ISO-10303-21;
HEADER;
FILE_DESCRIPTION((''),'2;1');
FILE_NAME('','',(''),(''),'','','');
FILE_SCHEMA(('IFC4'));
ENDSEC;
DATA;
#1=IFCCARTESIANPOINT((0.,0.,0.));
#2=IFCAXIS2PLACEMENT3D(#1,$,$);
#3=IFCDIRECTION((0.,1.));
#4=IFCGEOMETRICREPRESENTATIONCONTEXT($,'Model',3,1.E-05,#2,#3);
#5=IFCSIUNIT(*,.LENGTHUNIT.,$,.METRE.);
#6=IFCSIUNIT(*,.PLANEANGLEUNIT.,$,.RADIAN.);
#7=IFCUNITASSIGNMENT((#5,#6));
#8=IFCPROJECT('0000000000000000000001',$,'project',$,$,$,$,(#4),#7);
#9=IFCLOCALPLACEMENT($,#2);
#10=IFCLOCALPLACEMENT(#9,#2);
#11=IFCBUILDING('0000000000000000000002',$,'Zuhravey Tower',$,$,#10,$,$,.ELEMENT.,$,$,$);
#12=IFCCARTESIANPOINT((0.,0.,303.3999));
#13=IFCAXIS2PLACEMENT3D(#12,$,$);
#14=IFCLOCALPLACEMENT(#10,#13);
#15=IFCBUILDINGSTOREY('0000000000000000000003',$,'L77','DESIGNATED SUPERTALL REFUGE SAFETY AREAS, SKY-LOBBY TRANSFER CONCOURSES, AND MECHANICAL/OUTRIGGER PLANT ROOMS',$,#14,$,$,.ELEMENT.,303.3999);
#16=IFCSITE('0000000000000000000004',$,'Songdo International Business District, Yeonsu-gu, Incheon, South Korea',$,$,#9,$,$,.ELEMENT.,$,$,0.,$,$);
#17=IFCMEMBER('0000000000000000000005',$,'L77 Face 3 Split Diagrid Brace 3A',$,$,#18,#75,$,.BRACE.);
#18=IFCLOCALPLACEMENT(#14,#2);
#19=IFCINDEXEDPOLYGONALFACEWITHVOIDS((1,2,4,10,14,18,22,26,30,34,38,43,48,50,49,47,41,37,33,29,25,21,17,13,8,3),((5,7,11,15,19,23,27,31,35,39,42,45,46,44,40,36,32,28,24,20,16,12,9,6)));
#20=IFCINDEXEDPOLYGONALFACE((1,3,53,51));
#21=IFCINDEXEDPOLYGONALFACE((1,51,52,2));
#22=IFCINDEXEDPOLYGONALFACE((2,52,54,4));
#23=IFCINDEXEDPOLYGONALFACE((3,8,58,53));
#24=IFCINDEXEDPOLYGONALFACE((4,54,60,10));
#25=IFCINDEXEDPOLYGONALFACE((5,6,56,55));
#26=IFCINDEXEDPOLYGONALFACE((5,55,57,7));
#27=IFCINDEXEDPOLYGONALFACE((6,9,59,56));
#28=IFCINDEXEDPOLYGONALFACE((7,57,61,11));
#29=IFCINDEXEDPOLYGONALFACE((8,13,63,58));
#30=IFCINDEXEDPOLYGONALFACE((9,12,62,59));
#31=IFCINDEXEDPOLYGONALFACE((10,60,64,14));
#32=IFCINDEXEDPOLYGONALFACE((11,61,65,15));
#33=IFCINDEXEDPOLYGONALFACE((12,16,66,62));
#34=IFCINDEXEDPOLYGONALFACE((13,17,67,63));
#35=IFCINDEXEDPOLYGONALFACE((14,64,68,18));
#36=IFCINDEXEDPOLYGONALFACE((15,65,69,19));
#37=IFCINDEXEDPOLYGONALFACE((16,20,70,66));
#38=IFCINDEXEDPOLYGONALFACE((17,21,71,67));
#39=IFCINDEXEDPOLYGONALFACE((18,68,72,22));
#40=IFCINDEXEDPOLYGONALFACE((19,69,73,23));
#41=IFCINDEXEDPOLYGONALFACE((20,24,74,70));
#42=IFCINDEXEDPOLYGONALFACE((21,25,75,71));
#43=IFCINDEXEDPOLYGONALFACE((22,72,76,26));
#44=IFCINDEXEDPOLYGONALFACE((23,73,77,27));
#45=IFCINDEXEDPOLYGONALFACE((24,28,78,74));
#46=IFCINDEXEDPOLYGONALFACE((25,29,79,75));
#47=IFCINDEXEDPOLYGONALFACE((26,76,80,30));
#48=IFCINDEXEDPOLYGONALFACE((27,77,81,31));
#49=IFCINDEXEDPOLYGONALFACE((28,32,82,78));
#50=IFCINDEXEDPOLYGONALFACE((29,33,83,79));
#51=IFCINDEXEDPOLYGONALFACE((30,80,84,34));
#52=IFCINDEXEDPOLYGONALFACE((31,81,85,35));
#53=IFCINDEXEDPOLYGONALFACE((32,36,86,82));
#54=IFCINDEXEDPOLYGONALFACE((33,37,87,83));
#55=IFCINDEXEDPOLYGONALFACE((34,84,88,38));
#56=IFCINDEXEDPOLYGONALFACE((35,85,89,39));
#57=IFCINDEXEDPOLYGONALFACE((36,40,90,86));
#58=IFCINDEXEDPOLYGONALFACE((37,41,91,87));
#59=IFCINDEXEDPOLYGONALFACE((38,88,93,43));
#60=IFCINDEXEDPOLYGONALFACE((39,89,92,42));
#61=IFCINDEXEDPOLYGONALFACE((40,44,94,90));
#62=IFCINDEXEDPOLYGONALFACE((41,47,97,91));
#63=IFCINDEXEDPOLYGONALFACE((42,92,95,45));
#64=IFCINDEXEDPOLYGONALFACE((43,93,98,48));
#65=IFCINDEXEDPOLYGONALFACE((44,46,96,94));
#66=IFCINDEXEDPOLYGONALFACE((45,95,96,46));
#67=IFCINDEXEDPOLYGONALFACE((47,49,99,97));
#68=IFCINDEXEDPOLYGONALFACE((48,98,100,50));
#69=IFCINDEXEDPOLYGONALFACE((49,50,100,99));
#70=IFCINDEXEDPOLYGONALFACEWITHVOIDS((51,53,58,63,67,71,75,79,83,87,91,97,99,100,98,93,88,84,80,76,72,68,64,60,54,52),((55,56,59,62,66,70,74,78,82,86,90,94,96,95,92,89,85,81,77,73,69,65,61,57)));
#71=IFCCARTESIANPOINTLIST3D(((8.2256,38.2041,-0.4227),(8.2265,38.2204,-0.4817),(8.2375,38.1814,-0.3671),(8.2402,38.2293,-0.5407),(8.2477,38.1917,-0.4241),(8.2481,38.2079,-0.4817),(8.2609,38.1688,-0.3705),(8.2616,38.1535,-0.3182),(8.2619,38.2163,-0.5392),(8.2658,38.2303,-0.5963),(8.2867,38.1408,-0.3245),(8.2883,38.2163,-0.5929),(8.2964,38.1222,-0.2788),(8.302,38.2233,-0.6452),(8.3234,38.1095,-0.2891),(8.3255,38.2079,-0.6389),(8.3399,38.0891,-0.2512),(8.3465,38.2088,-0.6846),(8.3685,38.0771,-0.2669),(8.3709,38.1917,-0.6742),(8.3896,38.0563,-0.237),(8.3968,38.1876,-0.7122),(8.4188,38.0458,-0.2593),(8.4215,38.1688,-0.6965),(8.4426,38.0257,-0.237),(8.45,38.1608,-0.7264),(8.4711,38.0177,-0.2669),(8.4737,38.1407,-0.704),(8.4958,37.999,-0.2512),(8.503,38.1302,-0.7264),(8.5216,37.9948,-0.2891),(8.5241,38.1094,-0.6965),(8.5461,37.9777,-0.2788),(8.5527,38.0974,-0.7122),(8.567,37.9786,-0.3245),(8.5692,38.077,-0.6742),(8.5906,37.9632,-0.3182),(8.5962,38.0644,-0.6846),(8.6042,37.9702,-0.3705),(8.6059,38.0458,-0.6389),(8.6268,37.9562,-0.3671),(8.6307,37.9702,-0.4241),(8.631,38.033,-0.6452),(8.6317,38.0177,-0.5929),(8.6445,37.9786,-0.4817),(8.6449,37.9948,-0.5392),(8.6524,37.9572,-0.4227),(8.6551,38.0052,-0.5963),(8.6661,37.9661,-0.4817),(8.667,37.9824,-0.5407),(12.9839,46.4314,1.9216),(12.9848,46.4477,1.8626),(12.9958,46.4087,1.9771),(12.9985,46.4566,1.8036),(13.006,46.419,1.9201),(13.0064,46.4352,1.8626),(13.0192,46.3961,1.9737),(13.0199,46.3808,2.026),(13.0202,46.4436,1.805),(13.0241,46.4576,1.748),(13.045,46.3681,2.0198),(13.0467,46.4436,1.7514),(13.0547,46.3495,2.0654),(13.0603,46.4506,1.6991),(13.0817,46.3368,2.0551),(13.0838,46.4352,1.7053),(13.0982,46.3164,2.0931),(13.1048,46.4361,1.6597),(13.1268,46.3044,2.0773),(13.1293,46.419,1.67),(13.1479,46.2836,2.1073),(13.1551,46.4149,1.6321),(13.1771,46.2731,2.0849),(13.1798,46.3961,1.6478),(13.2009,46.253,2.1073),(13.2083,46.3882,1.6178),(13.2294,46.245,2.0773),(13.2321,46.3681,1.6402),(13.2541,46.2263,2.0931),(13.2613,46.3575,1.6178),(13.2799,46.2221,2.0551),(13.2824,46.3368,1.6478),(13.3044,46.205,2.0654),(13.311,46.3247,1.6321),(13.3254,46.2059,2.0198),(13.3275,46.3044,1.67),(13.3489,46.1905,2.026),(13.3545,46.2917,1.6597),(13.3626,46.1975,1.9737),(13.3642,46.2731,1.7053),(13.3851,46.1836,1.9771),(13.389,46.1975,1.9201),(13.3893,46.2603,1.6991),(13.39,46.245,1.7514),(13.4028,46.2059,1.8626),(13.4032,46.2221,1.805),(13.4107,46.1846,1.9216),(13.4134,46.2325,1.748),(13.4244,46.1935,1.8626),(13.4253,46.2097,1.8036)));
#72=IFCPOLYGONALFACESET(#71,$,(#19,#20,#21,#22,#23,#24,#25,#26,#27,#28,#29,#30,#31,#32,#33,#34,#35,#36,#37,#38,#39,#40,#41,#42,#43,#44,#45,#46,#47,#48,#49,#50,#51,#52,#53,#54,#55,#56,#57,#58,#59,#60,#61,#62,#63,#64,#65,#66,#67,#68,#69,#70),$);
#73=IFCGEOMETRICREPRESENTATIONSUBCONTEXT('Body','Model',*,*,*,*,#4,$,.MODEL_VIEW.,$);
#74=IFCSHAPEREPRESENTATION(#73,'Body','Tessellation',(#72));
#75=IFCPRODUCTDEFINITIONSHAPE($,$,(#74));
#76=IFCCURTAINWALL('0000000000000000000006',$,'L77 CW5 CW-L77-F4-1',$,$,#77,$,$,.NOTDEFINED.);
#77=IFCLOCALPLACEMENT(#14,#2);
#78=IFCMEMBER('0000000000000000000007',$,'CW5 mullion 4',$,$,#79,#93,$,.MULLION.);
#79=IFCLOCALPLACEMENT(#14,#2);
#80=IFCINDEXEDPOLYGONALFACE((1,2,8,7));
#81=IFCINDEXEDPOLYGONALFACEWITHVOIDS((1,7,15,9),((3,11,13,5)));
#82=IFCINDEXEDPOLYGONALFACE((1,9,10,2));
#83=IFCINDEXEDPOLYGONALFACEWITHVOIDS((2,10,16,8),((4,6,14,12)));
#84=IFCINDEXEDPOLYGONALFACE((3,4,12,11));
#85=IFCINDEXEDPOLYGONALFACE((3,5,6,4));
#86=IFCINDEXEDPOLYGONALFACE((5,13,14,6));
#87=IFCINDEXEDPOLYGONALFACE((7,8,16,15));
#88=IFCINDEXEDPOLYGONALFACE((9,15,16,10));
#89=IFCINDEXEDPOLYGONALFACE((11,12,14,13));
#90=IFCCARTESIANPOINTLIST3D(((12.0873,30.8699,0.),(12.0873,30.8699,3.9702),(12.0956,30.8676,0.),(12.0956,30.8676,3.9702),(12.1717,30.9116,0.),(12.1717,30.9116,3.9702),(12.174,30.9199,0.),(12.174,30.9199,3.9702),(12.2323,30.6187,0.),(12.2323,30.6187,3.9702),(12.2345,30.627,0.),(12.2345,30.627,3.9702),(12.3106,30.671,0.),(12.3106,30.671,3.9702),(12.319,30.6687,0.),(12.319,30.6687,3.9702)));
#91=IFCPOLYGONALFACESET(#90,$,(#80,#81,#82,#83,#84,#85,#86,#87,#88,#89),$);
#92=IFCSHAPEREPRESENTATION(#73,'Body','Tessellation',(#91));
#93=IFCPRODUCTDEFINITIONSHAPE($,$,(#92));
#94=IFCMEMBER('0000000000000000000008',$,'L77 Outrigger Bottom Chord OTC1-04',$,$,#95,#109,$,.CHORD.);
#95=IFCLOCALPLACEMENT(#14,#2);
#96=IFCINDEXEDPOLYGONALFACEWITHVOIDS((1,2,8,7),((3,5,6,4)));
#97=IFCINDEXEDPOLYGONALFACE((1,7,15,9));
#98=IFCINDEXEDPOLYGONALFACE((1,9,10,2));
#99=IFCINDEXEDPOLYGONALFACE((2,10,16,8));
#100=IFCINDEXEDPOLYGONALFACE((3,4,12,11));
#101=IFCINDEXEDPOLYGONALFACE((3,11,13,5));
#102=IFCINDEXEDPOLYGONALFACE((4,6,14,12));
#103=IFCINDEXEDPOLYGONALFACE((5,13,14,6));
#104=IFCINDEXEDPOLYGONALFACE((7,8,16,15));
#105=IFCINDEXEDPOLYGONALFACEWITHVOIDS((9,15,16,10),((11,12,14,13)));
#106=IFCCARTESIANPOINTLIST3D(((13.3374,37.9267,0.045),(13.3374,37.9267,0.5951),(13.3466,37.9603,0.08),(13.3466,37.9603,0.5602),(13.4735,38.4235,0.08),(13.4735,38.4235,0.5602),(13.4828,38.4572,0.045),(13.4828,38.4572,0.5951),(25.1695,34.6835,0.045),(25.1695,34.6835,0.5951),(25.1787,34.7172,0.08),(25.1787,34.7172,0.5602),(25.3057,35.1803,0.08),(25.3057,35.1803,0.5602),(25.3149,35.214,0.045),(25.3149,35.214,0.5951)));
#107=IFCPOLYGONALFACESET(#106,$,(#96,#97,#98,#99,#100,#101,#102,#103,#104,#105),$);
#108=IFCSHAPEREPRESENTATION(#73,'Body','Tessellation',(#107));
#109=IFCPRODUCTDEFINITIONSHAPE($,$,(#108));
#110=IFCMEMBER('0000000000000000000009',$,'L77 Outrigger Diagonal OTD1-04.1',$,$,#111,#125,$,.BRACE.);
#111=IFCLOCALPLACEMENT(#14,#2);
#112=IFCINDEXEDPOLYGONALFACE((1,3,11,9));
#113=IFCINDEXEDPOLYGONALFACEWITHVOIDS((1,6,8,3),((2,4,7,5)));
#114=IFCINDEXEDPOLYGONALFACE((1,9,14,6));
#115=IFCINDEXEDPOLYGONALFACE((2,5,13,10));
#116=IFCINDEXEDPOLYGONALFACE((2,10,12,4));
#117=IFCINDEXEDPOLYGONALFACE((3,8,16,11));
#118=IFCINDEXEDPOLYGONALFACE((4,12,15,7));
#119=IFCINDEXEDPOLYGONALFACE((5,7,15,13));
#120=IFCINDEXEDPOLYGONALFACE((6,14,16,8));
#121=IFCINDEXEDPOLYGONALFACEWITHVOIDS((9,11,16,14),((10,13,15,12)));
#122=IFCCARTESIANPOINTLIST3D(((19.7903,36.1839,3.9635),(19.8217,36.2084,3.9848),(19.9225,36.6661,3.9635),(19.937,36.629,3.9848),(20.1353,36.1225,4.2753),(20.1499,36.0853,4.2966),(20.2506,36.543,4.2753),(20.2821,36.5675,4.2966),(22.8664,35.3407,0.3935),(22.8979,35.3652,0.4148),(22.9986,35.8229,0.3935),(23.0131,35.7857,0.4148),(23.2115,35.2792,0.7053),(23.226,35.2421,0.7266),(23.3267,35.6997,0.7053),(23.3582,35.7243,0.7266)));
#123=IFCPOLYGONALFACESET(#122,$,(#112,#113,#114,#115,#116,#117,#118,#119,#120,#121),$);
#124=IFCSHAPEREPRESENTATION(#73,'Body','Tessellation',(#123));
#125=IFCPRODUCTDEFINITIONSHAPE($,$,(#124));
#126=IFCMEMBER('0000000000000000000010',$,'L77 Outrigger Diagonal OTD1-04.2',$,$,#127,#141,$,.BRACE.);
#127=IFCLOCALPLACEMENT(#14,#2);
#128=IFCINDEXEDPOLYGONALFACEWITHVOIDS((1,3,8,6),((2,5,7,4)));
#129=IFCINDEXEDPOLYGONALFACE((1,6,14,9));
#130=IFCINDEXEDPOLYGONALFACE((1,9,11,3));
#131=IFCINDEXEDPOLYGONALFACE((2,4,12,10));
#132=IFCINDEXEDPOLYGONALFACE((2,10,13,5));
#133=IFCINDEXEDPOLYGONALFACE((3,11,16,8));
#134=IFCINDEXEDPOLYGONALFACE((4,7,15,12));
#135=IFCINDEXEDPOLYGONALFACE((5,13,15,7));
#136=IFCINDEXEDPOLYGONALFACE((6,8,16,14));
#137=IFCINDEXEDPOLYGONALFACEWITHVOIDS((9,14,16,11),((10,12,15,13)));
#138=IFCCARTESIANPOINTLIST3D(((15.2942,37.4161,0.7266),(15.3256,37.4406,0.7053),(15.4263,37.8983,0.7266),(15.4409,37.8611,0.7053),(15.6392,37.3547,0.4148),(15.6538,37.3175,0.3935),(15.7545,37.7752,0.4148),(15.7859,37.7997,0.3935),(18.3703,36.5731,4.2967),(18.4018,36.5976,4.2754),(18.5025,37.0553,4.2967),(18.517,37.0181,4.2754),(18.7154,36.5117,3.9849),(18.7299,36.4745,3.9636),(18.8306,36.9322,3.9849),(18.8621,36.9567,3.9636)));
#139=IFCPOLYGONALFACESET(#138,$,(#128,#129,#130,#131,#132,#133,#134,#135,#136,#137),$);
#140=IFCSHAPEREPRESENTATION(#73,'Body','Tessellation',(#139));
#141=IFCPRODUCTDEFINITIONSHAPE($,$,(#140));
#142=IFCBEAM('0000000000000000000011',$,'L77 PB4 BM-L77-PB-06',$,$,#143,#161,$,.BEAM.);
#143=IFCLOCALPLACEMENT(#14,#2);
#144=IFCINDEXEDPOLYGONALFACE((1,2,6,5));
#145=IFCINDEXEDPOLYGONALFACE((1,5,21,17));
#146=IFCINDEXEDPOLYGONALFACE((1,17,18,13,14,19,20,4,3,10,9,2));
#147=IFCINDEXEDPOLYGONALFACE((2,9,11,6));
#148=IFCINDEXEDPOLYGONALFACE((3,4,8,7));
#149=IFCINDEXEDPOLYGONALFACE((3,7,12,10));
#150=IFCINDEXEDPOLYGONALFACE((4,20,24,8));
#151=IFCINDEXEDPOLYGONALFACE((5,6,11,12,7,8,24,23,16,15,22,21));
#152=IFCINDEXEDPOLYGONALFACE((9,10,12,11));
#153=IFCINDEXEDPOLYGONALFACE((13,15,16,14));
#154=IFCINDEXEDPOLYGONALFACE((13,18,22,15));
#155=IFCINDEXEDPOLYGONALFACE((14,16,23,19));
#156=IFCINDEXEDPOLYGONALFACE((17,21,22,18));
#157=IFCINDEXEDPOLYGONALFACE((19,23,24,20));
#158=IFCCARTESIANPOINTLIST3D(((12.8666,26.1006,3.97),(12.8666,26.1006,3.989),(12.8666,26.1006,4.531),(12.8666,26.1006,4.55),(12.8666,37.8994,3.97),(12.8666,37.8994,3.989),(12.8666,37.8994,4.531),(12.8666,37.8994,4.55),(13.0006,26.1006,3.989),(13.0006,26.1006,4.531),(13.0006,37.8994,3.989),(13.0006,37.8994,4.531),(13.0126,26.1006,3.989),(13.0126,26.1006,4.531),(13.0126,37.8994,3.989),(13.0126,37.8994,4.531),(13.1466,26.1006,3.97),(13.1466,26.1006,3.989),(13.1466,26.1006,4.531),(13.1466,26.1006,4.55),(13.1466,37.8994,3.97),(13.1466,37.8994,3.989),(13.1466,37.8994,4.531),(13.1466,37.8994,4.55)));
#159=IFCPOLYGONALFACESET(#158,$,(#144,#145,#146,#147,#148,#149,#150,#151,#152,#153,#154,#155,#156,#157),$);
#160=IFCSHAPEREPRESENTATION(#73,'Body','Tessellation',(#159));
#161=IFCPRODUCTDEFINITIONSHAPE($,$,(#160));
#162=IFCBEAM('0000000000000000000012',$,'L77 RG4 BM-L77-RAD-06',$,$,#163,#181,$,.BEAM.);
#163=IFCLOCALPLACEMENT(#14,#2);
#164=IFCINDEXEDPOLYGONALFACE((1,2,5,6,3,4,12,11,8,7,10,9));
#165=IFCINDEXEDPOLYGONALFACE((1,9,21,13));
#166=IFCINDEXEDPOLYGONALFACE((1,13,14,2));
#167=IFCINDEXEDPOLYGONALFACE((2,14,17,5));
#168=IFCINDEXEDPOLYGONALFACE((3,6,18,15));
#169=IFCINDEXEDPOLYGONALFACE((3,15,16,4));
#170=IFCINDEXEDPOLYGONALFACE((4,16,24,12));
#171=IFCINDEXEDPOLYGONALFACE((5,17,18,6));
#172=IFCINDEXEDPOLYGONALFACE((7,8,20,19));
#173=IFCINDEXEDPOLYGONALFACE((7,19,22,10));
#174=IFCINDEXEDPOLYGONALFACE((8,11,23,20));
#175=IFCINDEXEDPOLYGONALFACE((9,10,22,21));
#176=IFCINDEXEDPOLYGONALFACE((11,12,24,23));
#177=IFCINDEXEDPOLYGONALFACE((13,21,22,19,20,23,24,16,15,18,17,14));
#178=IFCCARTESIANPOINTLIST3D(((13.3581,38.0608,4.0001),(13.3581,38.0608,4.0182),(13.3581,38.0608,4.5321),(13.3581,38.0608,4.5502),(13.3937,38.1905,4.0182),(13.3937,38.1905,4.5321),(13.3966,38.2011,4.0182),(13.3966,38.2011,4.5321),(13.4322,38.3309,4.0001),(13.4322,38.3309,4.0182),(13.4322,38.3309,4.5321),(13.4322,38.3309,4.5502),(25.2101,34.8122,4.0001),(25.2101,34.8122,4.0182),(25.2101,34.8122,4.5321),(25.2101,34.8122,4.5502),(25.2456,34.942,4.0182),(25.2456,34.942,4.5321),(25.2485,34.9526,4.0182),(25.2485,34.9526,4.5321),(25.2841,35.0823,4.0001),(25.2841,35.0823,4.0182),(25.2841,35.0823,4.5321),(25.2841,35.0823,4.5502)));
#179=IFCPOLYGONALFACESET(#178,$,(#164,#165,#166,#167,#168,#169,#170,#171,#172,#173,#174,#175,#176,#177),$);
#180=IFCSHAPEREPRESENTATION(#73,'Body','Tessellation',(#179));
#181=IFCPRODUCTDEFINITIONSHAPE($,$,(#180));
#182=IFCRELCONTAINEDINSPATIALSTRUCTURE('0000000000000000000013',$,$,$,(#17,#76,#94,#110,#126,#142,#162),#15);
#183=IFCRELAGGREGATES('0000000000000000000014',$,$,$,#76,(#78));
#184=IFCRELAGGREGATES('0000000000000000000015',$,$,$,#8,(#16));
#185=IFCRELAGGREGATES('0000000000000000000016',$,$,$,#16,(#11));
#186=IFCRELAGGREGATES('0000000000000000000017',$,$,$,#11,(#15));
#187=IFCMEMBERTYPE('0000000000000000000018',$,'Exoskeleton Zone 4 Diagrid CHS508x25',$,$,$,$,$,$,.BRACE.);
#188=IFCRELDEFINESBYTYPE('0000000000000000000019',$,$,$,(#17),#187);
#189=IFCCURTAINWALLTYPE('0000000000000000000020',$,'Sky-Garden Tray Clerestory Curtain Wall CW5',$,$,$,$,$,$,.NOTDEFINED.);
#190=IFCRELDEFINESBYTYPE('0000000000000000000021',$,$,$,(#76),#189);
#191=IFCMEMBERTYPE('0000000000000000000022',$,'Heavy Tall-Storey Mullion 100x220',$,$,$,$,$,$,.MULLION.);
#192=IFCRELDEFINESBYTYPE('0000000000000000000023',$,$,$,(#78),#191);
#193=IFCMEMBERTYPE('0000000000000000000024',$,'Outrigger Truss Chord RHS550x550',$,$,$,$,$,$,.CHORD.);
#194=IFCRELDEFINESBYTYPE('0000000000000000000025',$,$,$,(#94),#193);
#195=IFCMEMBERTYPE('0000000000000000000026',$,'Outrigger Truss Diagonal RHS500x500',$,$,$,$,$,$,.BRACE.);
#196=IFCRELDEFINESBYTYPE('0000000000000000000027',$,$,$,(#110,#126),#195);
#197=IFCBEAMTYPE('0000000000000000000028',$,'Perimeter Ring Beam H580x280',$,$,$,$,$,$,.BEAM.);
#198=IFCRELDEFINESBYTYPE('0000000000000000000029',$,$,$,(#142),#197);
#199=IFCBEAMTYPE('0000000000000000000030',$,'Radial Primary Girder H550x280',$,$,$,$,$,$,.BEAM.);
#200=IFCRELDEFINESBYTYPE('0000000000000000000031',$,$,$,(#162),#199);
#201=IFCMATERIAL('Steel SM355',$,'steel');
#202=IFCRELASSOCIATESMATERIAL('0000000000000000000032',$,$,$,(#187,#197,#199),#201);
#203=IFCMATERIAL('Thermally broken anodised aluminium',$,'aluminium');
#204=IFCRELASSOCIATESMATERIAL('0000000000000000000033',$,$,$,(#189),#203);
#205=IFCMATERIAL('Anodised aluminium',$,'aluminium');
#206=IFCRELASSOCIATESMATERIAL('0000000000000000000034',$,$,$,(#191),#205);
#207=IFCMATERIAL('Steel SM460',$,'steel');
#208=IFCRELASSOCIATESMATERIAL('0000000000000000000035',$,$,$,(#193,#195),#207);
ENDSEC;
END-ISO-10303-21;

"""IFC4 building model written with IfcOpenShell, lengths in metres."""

from ifc_helpers import new_model, si_unit, direction, frame, origin, origin_2d, place, context, subcontext, project, spatial, hollow_rectangle, hollow_circle, i_section, extrude, material, material_profile, profile_set, type_object, element, aggregate, save


model = new_model("IFC4")

# Units and contexts
model_context = context("Model", 3, precision=1e-05, world=origin(), true_north=direction((0.0, 1.0)))
body_context = subcontext(model_context, "Body", "Model", "MODEL_VIEW")
ifc_project = project(units=[si_unit("LENGTHUNIT", "METRE"), si_unit("PLANEANGLEUNIT", "RADIAN")], contexts=[model_context])

# Site, building, storey
site_placement = place(None, origin())
site = spatial("IfcSite", under=ifc_project, at=site_placement, Name="Songdo International Business District, Yeonsu-gu, Incheon, South Korea", CompositionType="ELEMENT", RefElevation=0.0)
building_placement = place(site_placement, origin())
building = spatial("IfcBuilding", under=site, at=building_placement, Name="Zuhravey Tower", CompositionType="ELEMENT")
storey_placement = place(building_placement, frame((0.0, 0.0, 303.3999)))
storey = spatial("IfcBuildingStorey", under=building, at=storey_placement, Name="L77", Description="DESIGNATED SUPERTALL REFUGE SAFETY AREAS, SKY-LOBBY TRANSFER CONCOURSES, AND MECHANICAL/OUTRIGGER PLANT ROOMS", CompositionType="ELEMENT", Elevation=303.3999)

# Shared definitions
ifc_material_1 = material(Name="Steel SM355", Category="steel")

# Shared definitions
ifc_material_2 = material(Name="Steel SM460", Category="steel")

# Member
ifc_material_profile_1 = material_profile(ifc_material_1, hollow_circle(Radius=0.2539, WallThickness=0.0249, at=origin_2d()), Name="CHS-508.0x25")
ifc_profile_set_1 = profile_set([ifc_material_profile_1], Name="Steel SM355")
member_type_1 = type_object("IfcMemberType", Name="Exoskeleton Zone 4 Diagrid CHS508x25", PredefinedType="BRACE", material=ifc_profile_set_1)
member_1_placement = place(storey_placement, frame((8.4463, 38.0933, -0.4817), z_axis=(0.486085, 0.84046, 0.239476), x_axis=(-0.865648, 0.500652, 0.0)))
element("IfcMember", 1, at=member_1_placement, inside=storey, type_object=member_type_1, Name="L77 Face 3 Split Diagrid Brace 3A", PredefinedType="BRACE", context=body_context, shape_type="SweptSolid", body=[
    extrude(hollow_circle(Radius=0.2539, WallThickness=0.0249, at=origin_2d()), origin(), (0.0, 0.0, 1.0), 9.7891),
])

# Curtain wall, member
ifc_material_3 = material(Name="Thermally broken anodised aluminium", Category="aluminium")
curtain_wall_type = type_object("IfcCurtainWallType", Name="Sky-Garden Tray Clerestory Curtain Wall CW5", PredefinedType="NOTDEFINED", material=ifc_material_3)
curtain_wall_placement = place(storey_placement, origin())
curtain_wall = element("IfcCurtainWall", 2, at=curtain_wall_placement, inside=storey, type_object=curtain_wall_type, Name="L77 CW5 CW-L77-F4-1", PredefinedType="NOTDEFINED")
ifc_material_4 = material(Name="Anodised aluminium", Category="aluminium")
ifc_material_profile_2 = material_profile(ifc_material_4, hollow_rectangle(XDim=0.1001, YDim=0.29, WallThickness=0.0061, at=origin_2d()), Name="ALU-RHS-100x290x6")
ifc_profile_set_2 = profile_set([ifc_material_profile_2], Name="Anodised aluminium")
member_type_2 = type_object("IfcMemberType", Name="Heavy Tall-Storey Mullion 100x220", PredefinedType="MULLION", material=ifc_profile_set_2)
member_2_placement = place(storey_placement, frame((12.2031, 30.7693, 0.0), z_axis=(0.0, 0.0, 1.0), x_axis=(-0.866026, -0.499999, 0.0)))
member_2 = element("IfcMember", 3, at=member_2_placement, type_object=member_type_2, Name="CW5 mullion 4", PredefinedType="MULLION", context=body_context, shape_type="SweptSolid", body=[
    extrude(hollow_rectangle(XDim=0.1001, YDim=0.29, WallThickness=0.0061, at=origin_2d()), origin(), (0.0, 0.0, 1.0), 3.9702),
])
aggregate(curtain_wall, [member_2])

# Members
ifc_material_profile_3 = material_profile(ifc_material_2, hollow_rectangle(XDim=0.55, YDim=0.55, WallThickness=0.0349, at=origin_2d()), Name="RHS-550x550x35")
ifc_profile_set_3 = profile_set([ifc_material_profile_3], Name="Steel SM460")
member_type_3 = type_object("IfcMemberType", Name="Outrigger Truss Chord RHS550x550", PredefinedType="CHORD", material=ifc_profile_set_3)
member_3_placement = place(storey_placement, frame((25.2422, 34.9487, 0.3201), z_axis=(-0.964427, 0.26435, 0.0), x_axis=(-0.26435, -0.964427, 0.0)))
element("IfcMember", 4, at=member_3_placement, inside=storey, type_object=member_type_3, Name="L77 Outrigger Bottom Chord OTC1-04", PredefinedType="CHORD", context=body_context, shape_type="SweptSolid", body=[
    extrude(hollow_rectangle(XDim=0.55, YDim=0.55, WallThickness=0.0349, at=origin_2d()), origin(), (0.0, 0.0, 1.0), 12.2686),
])
ifc_material_profile_4 = material_profile(ifc_material_2, hollow_rectangle(XDim=0.5, YDim=0.5, WallThickness=0.032, at=origin_2d()), Name="RHS-500x500x32")
ifc_profile_set_4 = profile_set([ifc_material_profile_4], Name="Steel SM460")
member_type_4 = type_object("IfcMemberType", Name="Outrigger Truss Diagonal RHS500x500", PredefinedType="BRACE", material=ifc_profile_set_4)
for number, where, z_axis, x_axis, name in (
    (5, (23.1123, 35.5325, 0.5601), (-0.642554, 0.176141, 0.74572), (-0.264374, -0.96442, 0.0), "L77 Outrigger Diagonal OTD1-04.1"),
    (6, (15.54, 37.6079, 0.5601), (0.64256, -0.176092, 0.745727), (0.264302, 0.96444, 0.0), "L77 Outrigger Diagonal OTD1-04.2"),
):
    element("IfcMember", number, at=place(storey_placement, frame(where, z_axis=z_axis, x_axis=x_axis)), inside=storey, type_object=member_type_4, Name=name, PredefinedType="BRACE", context=body_context, shape_type="SweptSolid", body=[
        extrude(hollow_rectangle(XDim=0.5, YDim=0.5, WallThickness=0.032, at=origin_2d()), origin(), (0.0, 0.0, 1.0), 4.7874),
    ])

# Beams
ifc_material_profile_5 = material_profile(ifc_material_1, i_section(OverallWidth=0.28, OverallDepth=0.5801, WebThickness=0.012, FlangeThickness=0.019, at=origin_2d()), Name="H-580x280x12x19")
ifc_profile_set_5 = profile_set([ifc_material_profile_5], Name="Steel SM355")
beam_type_1 = type_object("IfcBeamType", Name="Perimeter Ring Beam H580x280", PredefinedType="BEAM", material=ifc_profile_set_5)
beam_1_placement = place(storey_placement, frame((13.0066, 37.8994, 4.26), z_axis=(0.0, -1.0, 0.0), x_axis=(1.0, 0.0, 0.0)))
element("IfcBeam", 7, at=beam_1_placement, inside=storey, type_object=beam_type_1, Name="L77 PB4 BM-L77-PB-06", PredefinedType="BEAM", context=body_context, shape_type="SweptSolid", body=[
    extrude(i_section(OverallWidth=0.28, OverallDepth=0.5801, WebThickness=0.012, FlangeThickness=0.019, at=origin_2d()), origin(), (0.0, 0.0, 1.0), 11.7988),
])
ifc_material_profile_6 = material_profile(ifc_material_1, i_section(OverallWidth=0.28, OverallDepth=0.55, WebThickness=0.011, FlangeThickness=0.0181, at=origin_2d()), Name="H-550x280x11x18")
ifc_profile_set_6 = profile_set([ifc_material_profile_6], Name="Steel SM355")
beam_type_2 = type_object("IfcBeamType", Name="Radial Primary Girder H550x280", PredefinedType="BEAM", material=ifc_profile_set_6)
beam_2_placement = place(storey_placement, frame((25.2471, 34.9473, 4.2751), z_axis=(-0.964428, 0.264346, 0.0), x_axis=(-0.264346, -0.964428, 0.0)))
element("IfcBeam", 8, at=beam_2_placement, inside=storey, type_object=beam_type_2, Name="L77 RG4 BM-L77-RAD-06", PredefinedType="BEAM", context=body_context, shape_type="SweptSolid", body=[
    extrude(i_section(OverallWidth=0.28, OverallDepth=0.55, WebThickness=0.011, FlangeThickness=0.0181, at=origin_2d()), origin(), (0.0, 0.0, 1.0), 12.2891),
])

save(model, "model.ifc")
